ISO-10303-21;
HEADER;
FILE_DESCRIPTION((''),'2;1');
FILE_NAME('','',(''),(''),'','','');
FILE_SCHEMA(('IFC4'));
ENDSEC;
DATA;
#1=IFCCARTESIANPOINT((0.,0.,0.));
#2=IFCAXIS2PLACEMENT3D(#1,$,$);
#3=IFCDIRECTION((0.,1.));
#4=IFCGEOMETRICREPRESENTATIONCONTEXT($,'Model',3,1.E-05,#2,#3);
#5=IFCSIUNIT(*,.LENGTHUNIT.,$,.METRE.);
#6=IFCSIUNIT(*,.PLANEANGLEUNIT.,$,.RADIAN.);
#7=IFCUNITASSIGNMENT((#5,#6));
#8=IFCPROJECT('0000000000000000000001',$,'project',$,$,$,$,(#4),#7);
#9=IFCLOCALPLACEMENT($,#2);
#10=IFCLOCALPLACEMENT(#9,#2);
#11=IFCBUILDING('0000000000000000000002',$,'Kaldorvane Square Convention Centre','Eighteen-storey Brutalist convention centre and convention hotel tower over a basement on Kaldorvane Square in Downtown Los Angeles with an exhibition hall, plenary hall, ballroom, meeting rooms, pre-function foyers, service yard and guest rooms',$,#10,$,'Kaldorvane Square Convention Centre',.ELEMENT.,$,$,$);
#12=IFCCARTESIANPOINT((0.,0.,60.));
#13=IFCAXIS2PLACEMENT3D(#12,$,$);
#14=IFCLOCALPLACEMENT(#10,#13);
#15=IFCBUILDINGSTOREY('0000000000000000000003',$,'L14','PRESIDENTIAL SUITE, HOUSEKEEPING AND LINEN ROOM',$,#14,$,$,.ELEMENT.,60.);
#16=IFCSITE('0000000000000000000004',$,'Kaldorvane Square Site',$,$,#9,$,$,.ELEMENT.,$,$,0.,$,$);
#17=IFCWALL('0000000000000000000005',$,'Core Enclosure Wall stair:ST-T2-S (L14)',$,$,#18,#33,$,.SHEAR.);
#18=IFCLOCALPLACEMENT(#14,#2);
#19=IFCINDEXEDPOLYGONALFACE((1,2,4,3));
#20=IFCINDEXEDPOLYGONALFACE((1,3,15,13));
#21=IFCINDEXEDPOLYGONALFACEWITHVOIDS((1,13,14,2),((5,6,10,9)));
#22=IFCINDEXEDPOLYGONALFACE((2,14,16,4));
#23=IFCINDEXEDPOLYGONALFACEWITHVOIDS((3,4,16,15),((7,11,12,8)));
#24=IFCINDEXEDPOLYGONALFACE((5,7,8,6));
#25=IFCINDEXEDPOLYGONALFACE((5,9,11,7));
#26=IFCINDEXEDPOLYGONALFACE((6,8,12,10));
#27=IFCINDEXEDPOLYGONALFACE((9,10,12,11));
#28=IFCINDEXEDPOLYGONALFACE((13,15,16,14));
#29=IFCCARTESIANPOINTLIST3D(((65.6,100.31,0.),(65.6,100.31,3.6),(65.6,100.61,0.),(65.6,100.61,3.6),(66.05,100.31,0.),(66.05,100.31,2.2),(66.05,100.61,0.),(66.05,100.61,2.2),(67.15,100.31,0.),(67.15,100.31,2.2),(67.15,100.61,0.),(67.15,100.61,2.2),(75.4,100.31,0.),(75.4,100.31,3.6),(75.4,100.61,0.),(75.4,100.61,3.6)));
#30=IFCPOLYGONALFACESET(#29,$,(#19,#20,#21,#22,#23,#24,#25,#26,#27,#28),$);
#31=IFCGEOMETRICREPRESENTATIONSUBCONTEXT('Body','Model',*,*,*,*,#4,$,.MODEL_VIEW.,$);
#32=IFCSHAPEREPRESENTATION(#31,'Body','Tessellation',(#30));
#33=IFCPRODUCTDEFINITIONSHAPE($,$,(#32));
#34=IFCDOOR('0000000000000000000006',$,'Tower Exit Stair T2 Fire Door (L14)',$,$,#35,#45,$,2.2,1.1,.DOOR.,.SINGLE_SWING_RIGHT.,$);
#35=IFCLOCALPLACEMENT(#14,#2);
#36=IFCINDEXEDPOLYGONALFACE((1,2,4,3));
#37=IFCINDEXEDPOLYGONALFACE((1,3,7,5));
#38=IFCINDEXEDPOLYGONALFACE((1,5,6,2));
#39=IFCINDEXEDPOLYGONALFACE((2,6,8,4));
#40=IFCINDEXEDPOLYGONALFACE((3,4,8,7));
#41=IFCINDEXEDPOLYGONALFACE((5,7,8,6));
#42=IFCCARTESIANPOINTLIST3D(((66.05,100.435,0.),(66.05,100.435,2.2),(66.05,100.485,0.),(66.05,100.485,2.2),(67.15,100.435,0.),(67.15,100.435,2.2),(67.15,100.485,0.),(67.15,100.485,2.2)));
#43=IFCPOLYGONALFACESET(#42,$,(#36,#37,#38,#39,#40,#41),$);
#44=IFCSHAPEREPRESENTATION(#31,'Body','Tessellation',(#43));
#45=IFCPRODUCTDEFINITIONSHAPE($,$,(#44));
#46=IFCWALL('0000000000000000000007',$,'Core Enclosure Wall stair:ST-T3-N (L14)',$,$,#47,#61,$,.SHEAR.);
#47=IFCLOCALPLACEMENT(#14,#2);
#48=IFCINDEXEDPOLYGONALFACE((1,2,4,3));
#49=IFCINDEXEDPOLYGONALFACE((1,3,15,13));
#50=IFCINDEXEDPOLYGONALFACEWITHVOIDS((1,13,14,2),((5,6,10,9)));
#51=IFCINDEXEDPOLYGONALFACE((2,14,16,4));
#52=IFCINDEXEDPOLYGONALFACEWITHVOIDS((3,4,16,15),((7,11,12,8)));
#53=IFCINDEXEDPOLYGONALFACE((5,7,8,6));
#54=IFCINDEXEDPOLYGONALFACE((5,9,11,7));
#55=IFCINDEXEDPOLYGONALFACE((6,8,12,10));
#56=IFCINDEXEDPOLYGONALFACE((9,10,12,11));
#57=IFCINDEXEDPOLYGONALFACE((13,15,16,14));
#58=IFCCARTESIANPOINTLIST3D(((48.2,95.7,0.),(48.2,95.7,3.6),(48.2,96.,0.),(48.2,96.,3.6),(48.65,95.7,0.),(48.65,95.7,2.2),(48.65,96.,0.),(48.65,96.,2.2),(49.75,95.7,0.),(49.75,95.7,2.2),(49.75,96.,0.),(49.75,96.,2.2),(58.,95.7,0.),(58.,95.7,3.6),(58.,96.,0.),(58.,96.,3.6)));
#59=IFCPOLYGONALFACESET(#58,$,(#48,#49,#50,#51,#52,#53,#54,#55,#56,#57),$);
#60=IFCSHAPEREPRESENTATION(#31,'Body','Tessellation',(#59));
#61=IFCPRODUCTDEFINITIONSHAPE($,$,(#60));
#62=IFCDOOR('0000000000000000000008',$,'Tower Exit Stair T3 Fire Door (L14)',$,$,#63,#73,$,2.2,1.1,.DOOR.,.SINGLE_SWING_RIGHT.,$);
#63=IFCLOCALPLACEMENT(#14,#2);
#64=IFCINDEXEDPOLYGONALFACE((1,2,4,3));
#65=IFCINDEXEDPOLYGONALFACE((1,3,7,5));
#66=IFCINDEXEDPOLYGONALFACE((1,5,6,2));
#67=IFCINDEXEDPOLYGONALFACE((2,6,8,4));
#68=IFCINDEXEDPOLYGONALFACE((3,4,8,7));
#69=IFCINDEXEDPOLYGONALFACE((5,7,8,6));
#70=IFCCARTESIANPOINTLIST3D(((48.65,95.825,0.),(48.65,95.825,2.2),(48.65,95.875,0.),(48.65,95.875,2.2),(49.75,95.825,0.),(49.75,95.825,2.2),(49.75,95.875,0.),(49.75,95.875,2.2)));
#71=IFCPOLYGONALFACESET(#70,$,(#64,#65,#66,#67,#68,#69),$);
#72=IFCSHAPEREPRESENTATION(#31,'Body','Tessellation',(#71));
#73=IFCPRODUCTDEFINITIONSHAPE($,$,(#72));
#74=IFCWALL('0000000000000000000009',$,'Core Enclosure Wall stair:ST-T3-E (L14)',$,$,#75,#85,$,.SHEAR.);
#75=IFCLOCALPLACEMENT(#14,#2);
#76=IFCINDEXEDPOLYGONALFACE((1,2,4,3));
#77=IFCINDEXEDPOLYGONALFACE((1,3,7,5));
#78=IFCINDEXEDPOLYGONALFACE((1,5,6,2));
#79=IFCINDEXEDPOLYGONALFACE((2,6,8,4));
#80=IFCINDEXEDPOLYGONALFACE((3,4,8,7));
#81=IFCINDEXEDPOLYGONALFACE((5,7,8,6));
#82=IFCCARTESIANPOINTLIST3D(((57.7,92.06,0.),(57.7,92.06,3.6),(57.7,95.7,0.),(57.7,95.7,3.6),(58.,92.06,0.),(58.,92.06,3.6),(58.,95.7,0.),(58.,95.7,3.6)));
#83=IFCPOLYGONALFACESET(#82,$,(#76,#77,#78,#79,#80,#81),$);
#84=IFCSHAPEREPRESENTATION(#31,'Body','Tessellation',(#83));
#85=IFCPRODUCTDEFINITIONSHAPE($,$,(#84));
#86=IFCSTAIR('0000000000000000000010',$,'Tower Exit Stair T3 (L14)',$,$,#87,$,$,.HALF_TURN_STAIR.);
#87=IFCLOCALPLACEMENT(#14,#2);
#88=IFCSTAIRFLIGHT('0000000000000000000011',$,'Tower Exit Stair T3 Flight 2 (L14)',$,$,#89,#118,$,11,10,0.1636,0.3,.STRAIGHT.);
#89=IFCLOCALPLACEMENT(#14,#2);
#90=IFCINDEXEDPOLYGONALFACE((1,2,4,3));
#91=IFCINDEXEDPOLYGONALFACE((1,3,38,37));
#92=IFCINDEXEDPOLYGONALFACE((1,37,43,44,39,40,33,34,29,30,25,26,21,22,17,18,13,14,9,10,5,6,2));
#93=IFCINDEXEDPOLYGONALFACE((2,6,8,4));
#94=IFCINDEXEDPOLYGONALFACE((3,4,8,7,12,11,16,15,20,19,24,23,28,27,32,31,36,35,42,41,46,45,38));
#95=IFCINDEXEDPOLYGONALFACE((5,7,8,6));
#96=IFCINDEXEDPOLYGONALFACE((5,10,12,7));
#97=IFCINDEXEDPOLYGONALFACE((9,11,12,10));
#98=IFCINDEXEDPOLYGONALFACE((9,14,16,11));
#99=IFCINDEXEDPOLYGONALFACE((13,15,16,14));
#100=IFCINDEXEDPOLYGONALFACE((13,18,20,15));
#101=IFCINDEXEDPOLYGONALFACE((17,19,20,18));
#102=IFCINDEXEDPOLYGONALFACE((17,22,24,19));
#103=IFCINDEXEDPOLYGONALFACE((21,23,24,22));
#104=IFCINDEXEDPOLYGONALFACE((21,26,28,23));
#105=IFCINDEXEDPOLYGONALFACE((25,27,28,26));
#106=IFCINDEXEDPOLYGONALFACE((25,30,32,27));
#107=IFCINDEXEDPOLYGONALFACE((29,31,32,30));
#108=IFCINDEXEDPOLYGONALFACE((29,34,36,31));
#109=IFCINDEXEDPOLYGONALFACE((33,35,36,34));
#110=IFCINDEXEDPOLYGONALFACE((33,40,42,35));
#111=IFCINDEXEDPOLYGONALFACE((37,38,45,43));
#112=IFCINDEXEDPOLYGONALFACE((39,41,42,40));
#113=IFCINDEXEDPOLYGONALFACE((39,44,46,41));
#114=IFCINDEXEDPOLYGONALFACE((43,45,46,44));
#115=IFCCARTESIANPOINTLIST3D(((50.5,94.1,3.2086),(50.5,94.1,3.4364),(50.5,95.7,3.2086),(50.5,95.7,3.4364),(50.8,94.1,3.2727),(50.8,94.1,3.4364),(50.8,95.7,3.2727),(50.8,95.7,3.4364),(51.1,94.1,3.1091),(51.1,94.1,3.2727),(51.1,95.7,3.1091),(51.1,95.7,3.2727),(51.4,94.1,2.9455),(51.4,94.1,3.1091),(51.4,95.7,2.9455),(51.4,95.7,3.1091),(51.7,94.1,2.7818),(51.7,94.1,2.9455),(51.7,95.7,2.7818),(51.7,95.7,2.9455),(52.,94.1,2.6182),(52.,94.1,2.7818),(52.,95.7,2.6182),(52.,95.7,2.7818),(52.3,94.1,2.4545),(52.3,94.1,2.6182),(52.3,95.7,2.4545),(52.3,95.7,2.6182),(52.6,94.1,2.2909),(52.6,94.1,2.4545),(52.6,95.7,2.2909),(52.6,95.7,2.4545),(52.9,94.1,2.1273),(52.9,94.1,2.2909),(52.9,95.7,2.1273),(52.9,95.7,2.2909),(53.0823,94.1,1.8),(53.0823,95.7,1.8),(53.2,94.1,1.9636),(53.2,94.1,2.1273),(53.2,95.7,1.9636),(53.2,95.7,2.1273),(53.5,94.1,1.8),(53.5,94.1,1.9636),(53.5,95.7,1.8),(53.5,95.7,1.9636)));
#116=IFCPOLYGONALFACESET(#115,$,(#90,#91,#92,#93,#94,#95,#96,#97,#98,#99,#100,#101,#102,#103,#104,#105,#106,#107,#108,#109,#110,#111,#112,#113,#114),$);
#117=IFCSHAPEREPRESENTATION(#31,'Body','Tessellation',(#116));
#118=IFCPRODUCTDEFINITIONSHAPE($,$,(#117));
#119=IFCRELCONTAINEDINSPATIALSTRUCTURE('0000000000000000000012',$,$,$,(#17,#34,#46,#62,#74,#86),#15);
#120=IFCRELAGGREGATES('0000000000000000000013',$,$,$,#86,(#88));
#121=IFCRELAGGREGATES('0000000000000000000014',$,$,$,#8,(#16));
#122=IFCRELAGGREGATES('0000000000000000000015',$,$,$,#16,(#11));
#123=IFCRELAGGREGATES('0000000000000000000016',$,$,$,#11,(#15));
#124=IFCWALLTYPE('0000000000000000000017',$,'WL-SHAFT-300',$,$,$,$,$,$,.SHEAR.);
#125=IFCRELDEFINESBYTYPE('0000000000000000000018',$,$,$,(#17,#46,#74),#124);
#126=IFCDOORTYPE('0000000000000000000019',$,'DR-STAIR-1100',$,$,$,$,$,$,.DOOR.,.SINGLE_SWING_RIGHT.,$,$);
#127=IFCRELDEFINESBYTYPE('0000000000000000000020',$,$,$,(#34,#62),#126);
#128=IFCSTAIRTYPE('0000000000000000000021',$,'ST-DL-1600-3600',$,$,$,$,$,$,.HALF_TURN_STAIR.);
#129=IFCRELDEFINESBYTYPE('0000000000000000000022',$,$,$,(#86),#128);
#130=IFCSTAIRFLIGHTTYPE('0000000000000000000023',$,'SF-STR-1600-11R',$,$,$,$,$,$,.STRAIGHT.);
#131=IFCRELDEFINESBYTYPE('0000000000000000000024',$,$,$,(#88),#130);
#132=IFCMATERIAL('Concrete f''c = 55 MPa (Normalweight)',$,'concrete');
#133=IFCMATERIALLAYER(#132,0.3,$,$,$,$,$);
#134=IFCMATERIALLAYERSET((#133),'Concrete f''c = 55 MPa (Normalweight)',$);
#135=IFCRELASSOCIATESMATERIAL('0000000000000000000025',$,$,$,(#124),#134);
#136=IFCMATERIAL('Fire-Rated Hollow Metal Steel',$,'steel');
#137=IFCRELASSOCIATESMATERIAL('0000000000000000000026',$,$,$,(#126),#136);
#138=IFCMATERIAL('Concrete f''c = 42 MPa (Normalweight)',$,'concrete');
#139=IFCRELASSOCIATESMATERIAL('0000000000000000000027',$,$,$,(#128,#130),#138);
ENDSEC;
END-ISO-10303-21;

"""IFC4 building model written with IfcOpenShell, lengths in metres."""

from ifc_helpers import new_model, si_unit, direction, frame, frame_2d, origin, place, context, subcontext, project, spatial, polyline, rectangle, outline, extrude, material, layer, layer_set, type_object, element, fill, aggregate, save


model = new_model("IFC4")

# Units and contexts
model_context = context("Model", 3, precision=1e-05, world=origin(), true_north=direction((0.0, 1.0)))
body_context = subcontext(model_context, "Body", "Model", "MODEL_VIEW")
ifc_project = project(units=[si_unit("LENGTHUNIT", "METRE"), si_unit("PLANEANGLEUNIT", "RADIAN")], contexts=[model_context])

# Site, building, storey
site_placement = place(None, origin())
site = spatial("IfcSite", under=ifc_project, at=site_placement, Name="Kaldorvane Square Site", CompositionType="ELEMENT", RefElevation=0.0)
building_placement = place(site_placement, origin())
building = spatial("IfcBuilding", under=site, at=building_placement, Name="Kaldorvane Square Convention Centre", Description="Eighteen-storey Brutalist convention centre and convention hotel tower over a basement on Kaldorvane Square in Downtown Los Angeles with an exhibition hall, plenary hall, ballroom, meeting rooms, pre-function foyers, service yard and guest rooms", LongName="Kaldorvane Square Convention Centre", CompositionType="ELEMENT")
storey_placement = place(building_placement, frame((0.0, 0.0, 60.0)))
storey = spatial("IfcBuildingStorey", under=building, at=storey_placement, Name="L14", Description="PRESIDENTIAL SUITE, HOUSEKEEPING AND LINEN ROOM", CompositionType="ELEMENT", Elevation=60.0)

# Walls, openings, doors
ifc_material_1 = material(Name="Concrete f'c = 55 MPa (Normalweight)", Category="concrete")
ifc_layer_1 = layer(ifc_material_1, 0.3)
ifc_layer_set_1 = layer_set([ifc_layer_1], Name="Concrete f'c = 55 MPa (Normalweight)")
wall_type_1 = type_object("IfcWallType", Name="WL-SHAFT-300", PredefinedType="SHEAR", material=ifc_layer_set_1)
wall_1_placement = place(storey_placement, frame((65.6, 100.46, 0.0), z_axis=(0.0, 0.0, 1.0), x_axis=(1.0, 0.0, 0.0)))
wall_1 = element("IfcWall", 1, at=wall_1_placement, inside=storey, type_object=wall_type_1, Name="Core Enclosure Wall stair:ST-T2-S (L14)", PredefinedType="SHEAR", context=body_context, shape_type="SweptSolid", body=[
    extrude(rectangle(XDim=9.8, YDim=0.3, at=frame_2d((4.9, 0.0))), origin(), (0.0, 0.0, 1.0), 3.6),
])
opening_1_placement = place(wall_1_placement, frame((0.45, 0.0, 0.0)))
opening_1 = element("IfcOpeningElement", 2, at=opening_1_placement, cuts=wall_1, PredefinedType="OPENING", context=body_context, shape_type="SweptSolid", body=[
    extrude(rectangle(XDim=1.1, YDim=2.2, at=frame_2d((0.55, 1.1))), frame((0.0, 0.165, 0.0), z_axis=(0.0, -1.0, 0.0), x_axis=(1.0, 0.0, 0.0)), (0.0, 0.0, 1.0), 0.33),
])
ifc_material_2 = material(Name="Fire-Rated Hollow Metal Steel", Category="steel")
door_type_1 = type_object("IfcDoorType", Name="DR-STAIR-1100", OperationType="SINGLE_SWING_RIGHT", PredefinedType="DOOR", material=ifc_material_2)
door_1_placement = place(opening_1_placement, origin())
door_1 = element("IfcDoor", 3, at=door_1_placement, inside=storey, type_object=door_type_1, Name="Tower Exit Stair T2 Fire Door (L14)", OperationType="SINGLE_SWING_RIGHT", OverallHeight=2.2, OverallWidth=1.1, PredefinedType="DOOR", context=body_context, shape_type="SweptSolid", body=[
    extrude(rectangle(XDim=1.1, YDim=2.2, at=frame_2d((0.55, 1.1))), frame((0.0, 0.025, 0.0), z_axis=(0.0, -1.0, 0.0), x_axis=(1.0, 0.0, 0.0)), (0.0, 0.0, 1.0), 0.05),
])
fill(opening_1, door_1)
wall_2_placement = place(storey_placement, frame((58.0, 95.85, 0.0), z_axis=(0.0, 0.0, 1.0), x_axis=(-1.0, 0.0, 0.0)))
wall_2 = element("IfcWall", 4, at=wall_2_placement, inside=storey, type_object=wall_type_1, Name="Core Enclosure Wall stair:ST-T3-N (L14)", PredefinedType="SHEAR", context=body_context, shape_type="SweptSolid", body=[
    extrude(rectangle(XDim=9.8, YDim=0.3, at=frame_2d((4.9, 0.0))), origin(), (0.0, 0.0, 1.0), 3.6),
])
opening_2_placement = place(wall_2_placement, frame((8.25, 0.0, 0.0)))
opening_2 = element("IfcOpeningElement", 5, at=opening_2_placement, cuts=wall_2, PredefinedType="OPENING", context=body_context, shape_type="SweptSolid", body=[
    extrude(rectangle(XDim=1.1, YDim=2.2, at=frame_2d((0.55, 1.1))), frame((0.0, 0.165, 0.0), z_axis=(0.0, -1.0, 0.0), x_axis=(1.0, 0.0, 0.0)), (0.0, 0.0, 1.0), 0.33),
])
door_2_placement = place(opening_2_placement, origin())
door_2 = element("IfcDoor", 6, at=door_2_placement, inside=storey, type_object=door_type_1, Name="Tower Exit Stair T3 Fire Door (L14)", OperationType="SINGLE_SWING_RIGHT", OverallHeight=2.2, OverallWidth=1.1, PredefinedType="DOOR", context=body_context, shape_type="SweptSolid", body=[
    extrude(rectangle(XDim=1.1, YDim=2.2, at=frame_2d((0.55, 1.1))), frame((0.0, 0.025, 0.0), z_axis=(0.0, -1.0, 0.0), x_axis=(1.0, 0.0, 0.0)), (0.0, 0.0, 1.0), 0.05),
])
fill(opening_2, door_2)

# Wall
wall_3_placement = place(storey_placement, frame((57.85, 92.06, 0.0), z_axis=(0.0, 0.0, 1.0), x_axis=(0.0, 1.0, 0.0)))
element("IfcWall", 7, at=wall_3_placement, inside=storey, type_object=wall_type_1, Name="Core Enclosure Wall stair:ST-T3-E (L14)", PredefinedType="SHEAR", context=body_context, shape_type="SweptSolid", body=[
    extrude(rectangle(XDim=3.64, YDim=0.3, at=frame_2d((1.82, 0.0))), origin(), (0.0, 0.0, 1.0), 3.6),
])

# Stair, stair flight
ifc_material_3 = material(Name="Concrete f'c = 42 MPa (Normalweight)", Category="concrete")
stair_type = type_object("IfcStairType", Name="ST-DL-1600-3600", PredefinedType="HALF_TURN_STAIR", material=ifc_material_3)
stair_placement = place(storey_placement, origin())
stair = element("IfcStair", 8, at=stair_placement, inside=storey, type_object=stair_type, Name="Tower Exit Stair T3 (L14)", PredefinedType="HALF_TURN_STAIR")
stair_flight_type = type_object("IfcStairFlightType", Name="SF-STR-1600-11R", PredefinedType="STRAIGHT", material=ifc_material_3)
stair_flight_placement = place(storey_placement, frame((53.5, 94.9, 1.8), z_axis=(0.0, 0.0, 1.0), x_axis=(-1.0, 0.0, 0.0)))
stair_flight = element("IfcStairFlight", 9, at=stair_flight_placement, type_object=stair_flight_type, Name="Tower Exit Stair T3 Flight 2 (L14)", NumberOfRisers=11, NumberOfTreads=10, PredefinedType="STRAIGHT", RiserHeight=0.1636, TreadLength=0.3, context=body_context, shape_type="SweptSolid", body=[
    extrude(outline(polyline([(0.0, 0.0), (0.0, 0.1636), (0.3, 0.1636), (0.3, 0.3273), (0.6, 0.3273), (0.6, 0.4909), (0.9, 0.4909), (0.9, 0.6545), (1.2, 0.6545), (1.2, 0.8182), (1.5, 0.8182), (1.5, 0.9818), (1.8, 0.9818), (1.8, 1.1455), (2.1, 1.1455), (2.1, 1.3091), (2.4, 1.3091), (2.4, 1.4727), (2.7, 1.4727), (2.7, 1.6364), (3.0, 1.6364), (3.0, 1.8), (3.0, 1.4086), (0.4177, 0.0), (0.0, 0.0)])), frame((0.0, 0.8, 0.0), z_axis=(0.0, -1.0, 0.0), x_axis=(1.0, 0.0, 0.0)), (0.0, 0.0, 1.0), 1.6),
])
aggregate(stair, [stair_flight])

save(model, "model.ifc")
